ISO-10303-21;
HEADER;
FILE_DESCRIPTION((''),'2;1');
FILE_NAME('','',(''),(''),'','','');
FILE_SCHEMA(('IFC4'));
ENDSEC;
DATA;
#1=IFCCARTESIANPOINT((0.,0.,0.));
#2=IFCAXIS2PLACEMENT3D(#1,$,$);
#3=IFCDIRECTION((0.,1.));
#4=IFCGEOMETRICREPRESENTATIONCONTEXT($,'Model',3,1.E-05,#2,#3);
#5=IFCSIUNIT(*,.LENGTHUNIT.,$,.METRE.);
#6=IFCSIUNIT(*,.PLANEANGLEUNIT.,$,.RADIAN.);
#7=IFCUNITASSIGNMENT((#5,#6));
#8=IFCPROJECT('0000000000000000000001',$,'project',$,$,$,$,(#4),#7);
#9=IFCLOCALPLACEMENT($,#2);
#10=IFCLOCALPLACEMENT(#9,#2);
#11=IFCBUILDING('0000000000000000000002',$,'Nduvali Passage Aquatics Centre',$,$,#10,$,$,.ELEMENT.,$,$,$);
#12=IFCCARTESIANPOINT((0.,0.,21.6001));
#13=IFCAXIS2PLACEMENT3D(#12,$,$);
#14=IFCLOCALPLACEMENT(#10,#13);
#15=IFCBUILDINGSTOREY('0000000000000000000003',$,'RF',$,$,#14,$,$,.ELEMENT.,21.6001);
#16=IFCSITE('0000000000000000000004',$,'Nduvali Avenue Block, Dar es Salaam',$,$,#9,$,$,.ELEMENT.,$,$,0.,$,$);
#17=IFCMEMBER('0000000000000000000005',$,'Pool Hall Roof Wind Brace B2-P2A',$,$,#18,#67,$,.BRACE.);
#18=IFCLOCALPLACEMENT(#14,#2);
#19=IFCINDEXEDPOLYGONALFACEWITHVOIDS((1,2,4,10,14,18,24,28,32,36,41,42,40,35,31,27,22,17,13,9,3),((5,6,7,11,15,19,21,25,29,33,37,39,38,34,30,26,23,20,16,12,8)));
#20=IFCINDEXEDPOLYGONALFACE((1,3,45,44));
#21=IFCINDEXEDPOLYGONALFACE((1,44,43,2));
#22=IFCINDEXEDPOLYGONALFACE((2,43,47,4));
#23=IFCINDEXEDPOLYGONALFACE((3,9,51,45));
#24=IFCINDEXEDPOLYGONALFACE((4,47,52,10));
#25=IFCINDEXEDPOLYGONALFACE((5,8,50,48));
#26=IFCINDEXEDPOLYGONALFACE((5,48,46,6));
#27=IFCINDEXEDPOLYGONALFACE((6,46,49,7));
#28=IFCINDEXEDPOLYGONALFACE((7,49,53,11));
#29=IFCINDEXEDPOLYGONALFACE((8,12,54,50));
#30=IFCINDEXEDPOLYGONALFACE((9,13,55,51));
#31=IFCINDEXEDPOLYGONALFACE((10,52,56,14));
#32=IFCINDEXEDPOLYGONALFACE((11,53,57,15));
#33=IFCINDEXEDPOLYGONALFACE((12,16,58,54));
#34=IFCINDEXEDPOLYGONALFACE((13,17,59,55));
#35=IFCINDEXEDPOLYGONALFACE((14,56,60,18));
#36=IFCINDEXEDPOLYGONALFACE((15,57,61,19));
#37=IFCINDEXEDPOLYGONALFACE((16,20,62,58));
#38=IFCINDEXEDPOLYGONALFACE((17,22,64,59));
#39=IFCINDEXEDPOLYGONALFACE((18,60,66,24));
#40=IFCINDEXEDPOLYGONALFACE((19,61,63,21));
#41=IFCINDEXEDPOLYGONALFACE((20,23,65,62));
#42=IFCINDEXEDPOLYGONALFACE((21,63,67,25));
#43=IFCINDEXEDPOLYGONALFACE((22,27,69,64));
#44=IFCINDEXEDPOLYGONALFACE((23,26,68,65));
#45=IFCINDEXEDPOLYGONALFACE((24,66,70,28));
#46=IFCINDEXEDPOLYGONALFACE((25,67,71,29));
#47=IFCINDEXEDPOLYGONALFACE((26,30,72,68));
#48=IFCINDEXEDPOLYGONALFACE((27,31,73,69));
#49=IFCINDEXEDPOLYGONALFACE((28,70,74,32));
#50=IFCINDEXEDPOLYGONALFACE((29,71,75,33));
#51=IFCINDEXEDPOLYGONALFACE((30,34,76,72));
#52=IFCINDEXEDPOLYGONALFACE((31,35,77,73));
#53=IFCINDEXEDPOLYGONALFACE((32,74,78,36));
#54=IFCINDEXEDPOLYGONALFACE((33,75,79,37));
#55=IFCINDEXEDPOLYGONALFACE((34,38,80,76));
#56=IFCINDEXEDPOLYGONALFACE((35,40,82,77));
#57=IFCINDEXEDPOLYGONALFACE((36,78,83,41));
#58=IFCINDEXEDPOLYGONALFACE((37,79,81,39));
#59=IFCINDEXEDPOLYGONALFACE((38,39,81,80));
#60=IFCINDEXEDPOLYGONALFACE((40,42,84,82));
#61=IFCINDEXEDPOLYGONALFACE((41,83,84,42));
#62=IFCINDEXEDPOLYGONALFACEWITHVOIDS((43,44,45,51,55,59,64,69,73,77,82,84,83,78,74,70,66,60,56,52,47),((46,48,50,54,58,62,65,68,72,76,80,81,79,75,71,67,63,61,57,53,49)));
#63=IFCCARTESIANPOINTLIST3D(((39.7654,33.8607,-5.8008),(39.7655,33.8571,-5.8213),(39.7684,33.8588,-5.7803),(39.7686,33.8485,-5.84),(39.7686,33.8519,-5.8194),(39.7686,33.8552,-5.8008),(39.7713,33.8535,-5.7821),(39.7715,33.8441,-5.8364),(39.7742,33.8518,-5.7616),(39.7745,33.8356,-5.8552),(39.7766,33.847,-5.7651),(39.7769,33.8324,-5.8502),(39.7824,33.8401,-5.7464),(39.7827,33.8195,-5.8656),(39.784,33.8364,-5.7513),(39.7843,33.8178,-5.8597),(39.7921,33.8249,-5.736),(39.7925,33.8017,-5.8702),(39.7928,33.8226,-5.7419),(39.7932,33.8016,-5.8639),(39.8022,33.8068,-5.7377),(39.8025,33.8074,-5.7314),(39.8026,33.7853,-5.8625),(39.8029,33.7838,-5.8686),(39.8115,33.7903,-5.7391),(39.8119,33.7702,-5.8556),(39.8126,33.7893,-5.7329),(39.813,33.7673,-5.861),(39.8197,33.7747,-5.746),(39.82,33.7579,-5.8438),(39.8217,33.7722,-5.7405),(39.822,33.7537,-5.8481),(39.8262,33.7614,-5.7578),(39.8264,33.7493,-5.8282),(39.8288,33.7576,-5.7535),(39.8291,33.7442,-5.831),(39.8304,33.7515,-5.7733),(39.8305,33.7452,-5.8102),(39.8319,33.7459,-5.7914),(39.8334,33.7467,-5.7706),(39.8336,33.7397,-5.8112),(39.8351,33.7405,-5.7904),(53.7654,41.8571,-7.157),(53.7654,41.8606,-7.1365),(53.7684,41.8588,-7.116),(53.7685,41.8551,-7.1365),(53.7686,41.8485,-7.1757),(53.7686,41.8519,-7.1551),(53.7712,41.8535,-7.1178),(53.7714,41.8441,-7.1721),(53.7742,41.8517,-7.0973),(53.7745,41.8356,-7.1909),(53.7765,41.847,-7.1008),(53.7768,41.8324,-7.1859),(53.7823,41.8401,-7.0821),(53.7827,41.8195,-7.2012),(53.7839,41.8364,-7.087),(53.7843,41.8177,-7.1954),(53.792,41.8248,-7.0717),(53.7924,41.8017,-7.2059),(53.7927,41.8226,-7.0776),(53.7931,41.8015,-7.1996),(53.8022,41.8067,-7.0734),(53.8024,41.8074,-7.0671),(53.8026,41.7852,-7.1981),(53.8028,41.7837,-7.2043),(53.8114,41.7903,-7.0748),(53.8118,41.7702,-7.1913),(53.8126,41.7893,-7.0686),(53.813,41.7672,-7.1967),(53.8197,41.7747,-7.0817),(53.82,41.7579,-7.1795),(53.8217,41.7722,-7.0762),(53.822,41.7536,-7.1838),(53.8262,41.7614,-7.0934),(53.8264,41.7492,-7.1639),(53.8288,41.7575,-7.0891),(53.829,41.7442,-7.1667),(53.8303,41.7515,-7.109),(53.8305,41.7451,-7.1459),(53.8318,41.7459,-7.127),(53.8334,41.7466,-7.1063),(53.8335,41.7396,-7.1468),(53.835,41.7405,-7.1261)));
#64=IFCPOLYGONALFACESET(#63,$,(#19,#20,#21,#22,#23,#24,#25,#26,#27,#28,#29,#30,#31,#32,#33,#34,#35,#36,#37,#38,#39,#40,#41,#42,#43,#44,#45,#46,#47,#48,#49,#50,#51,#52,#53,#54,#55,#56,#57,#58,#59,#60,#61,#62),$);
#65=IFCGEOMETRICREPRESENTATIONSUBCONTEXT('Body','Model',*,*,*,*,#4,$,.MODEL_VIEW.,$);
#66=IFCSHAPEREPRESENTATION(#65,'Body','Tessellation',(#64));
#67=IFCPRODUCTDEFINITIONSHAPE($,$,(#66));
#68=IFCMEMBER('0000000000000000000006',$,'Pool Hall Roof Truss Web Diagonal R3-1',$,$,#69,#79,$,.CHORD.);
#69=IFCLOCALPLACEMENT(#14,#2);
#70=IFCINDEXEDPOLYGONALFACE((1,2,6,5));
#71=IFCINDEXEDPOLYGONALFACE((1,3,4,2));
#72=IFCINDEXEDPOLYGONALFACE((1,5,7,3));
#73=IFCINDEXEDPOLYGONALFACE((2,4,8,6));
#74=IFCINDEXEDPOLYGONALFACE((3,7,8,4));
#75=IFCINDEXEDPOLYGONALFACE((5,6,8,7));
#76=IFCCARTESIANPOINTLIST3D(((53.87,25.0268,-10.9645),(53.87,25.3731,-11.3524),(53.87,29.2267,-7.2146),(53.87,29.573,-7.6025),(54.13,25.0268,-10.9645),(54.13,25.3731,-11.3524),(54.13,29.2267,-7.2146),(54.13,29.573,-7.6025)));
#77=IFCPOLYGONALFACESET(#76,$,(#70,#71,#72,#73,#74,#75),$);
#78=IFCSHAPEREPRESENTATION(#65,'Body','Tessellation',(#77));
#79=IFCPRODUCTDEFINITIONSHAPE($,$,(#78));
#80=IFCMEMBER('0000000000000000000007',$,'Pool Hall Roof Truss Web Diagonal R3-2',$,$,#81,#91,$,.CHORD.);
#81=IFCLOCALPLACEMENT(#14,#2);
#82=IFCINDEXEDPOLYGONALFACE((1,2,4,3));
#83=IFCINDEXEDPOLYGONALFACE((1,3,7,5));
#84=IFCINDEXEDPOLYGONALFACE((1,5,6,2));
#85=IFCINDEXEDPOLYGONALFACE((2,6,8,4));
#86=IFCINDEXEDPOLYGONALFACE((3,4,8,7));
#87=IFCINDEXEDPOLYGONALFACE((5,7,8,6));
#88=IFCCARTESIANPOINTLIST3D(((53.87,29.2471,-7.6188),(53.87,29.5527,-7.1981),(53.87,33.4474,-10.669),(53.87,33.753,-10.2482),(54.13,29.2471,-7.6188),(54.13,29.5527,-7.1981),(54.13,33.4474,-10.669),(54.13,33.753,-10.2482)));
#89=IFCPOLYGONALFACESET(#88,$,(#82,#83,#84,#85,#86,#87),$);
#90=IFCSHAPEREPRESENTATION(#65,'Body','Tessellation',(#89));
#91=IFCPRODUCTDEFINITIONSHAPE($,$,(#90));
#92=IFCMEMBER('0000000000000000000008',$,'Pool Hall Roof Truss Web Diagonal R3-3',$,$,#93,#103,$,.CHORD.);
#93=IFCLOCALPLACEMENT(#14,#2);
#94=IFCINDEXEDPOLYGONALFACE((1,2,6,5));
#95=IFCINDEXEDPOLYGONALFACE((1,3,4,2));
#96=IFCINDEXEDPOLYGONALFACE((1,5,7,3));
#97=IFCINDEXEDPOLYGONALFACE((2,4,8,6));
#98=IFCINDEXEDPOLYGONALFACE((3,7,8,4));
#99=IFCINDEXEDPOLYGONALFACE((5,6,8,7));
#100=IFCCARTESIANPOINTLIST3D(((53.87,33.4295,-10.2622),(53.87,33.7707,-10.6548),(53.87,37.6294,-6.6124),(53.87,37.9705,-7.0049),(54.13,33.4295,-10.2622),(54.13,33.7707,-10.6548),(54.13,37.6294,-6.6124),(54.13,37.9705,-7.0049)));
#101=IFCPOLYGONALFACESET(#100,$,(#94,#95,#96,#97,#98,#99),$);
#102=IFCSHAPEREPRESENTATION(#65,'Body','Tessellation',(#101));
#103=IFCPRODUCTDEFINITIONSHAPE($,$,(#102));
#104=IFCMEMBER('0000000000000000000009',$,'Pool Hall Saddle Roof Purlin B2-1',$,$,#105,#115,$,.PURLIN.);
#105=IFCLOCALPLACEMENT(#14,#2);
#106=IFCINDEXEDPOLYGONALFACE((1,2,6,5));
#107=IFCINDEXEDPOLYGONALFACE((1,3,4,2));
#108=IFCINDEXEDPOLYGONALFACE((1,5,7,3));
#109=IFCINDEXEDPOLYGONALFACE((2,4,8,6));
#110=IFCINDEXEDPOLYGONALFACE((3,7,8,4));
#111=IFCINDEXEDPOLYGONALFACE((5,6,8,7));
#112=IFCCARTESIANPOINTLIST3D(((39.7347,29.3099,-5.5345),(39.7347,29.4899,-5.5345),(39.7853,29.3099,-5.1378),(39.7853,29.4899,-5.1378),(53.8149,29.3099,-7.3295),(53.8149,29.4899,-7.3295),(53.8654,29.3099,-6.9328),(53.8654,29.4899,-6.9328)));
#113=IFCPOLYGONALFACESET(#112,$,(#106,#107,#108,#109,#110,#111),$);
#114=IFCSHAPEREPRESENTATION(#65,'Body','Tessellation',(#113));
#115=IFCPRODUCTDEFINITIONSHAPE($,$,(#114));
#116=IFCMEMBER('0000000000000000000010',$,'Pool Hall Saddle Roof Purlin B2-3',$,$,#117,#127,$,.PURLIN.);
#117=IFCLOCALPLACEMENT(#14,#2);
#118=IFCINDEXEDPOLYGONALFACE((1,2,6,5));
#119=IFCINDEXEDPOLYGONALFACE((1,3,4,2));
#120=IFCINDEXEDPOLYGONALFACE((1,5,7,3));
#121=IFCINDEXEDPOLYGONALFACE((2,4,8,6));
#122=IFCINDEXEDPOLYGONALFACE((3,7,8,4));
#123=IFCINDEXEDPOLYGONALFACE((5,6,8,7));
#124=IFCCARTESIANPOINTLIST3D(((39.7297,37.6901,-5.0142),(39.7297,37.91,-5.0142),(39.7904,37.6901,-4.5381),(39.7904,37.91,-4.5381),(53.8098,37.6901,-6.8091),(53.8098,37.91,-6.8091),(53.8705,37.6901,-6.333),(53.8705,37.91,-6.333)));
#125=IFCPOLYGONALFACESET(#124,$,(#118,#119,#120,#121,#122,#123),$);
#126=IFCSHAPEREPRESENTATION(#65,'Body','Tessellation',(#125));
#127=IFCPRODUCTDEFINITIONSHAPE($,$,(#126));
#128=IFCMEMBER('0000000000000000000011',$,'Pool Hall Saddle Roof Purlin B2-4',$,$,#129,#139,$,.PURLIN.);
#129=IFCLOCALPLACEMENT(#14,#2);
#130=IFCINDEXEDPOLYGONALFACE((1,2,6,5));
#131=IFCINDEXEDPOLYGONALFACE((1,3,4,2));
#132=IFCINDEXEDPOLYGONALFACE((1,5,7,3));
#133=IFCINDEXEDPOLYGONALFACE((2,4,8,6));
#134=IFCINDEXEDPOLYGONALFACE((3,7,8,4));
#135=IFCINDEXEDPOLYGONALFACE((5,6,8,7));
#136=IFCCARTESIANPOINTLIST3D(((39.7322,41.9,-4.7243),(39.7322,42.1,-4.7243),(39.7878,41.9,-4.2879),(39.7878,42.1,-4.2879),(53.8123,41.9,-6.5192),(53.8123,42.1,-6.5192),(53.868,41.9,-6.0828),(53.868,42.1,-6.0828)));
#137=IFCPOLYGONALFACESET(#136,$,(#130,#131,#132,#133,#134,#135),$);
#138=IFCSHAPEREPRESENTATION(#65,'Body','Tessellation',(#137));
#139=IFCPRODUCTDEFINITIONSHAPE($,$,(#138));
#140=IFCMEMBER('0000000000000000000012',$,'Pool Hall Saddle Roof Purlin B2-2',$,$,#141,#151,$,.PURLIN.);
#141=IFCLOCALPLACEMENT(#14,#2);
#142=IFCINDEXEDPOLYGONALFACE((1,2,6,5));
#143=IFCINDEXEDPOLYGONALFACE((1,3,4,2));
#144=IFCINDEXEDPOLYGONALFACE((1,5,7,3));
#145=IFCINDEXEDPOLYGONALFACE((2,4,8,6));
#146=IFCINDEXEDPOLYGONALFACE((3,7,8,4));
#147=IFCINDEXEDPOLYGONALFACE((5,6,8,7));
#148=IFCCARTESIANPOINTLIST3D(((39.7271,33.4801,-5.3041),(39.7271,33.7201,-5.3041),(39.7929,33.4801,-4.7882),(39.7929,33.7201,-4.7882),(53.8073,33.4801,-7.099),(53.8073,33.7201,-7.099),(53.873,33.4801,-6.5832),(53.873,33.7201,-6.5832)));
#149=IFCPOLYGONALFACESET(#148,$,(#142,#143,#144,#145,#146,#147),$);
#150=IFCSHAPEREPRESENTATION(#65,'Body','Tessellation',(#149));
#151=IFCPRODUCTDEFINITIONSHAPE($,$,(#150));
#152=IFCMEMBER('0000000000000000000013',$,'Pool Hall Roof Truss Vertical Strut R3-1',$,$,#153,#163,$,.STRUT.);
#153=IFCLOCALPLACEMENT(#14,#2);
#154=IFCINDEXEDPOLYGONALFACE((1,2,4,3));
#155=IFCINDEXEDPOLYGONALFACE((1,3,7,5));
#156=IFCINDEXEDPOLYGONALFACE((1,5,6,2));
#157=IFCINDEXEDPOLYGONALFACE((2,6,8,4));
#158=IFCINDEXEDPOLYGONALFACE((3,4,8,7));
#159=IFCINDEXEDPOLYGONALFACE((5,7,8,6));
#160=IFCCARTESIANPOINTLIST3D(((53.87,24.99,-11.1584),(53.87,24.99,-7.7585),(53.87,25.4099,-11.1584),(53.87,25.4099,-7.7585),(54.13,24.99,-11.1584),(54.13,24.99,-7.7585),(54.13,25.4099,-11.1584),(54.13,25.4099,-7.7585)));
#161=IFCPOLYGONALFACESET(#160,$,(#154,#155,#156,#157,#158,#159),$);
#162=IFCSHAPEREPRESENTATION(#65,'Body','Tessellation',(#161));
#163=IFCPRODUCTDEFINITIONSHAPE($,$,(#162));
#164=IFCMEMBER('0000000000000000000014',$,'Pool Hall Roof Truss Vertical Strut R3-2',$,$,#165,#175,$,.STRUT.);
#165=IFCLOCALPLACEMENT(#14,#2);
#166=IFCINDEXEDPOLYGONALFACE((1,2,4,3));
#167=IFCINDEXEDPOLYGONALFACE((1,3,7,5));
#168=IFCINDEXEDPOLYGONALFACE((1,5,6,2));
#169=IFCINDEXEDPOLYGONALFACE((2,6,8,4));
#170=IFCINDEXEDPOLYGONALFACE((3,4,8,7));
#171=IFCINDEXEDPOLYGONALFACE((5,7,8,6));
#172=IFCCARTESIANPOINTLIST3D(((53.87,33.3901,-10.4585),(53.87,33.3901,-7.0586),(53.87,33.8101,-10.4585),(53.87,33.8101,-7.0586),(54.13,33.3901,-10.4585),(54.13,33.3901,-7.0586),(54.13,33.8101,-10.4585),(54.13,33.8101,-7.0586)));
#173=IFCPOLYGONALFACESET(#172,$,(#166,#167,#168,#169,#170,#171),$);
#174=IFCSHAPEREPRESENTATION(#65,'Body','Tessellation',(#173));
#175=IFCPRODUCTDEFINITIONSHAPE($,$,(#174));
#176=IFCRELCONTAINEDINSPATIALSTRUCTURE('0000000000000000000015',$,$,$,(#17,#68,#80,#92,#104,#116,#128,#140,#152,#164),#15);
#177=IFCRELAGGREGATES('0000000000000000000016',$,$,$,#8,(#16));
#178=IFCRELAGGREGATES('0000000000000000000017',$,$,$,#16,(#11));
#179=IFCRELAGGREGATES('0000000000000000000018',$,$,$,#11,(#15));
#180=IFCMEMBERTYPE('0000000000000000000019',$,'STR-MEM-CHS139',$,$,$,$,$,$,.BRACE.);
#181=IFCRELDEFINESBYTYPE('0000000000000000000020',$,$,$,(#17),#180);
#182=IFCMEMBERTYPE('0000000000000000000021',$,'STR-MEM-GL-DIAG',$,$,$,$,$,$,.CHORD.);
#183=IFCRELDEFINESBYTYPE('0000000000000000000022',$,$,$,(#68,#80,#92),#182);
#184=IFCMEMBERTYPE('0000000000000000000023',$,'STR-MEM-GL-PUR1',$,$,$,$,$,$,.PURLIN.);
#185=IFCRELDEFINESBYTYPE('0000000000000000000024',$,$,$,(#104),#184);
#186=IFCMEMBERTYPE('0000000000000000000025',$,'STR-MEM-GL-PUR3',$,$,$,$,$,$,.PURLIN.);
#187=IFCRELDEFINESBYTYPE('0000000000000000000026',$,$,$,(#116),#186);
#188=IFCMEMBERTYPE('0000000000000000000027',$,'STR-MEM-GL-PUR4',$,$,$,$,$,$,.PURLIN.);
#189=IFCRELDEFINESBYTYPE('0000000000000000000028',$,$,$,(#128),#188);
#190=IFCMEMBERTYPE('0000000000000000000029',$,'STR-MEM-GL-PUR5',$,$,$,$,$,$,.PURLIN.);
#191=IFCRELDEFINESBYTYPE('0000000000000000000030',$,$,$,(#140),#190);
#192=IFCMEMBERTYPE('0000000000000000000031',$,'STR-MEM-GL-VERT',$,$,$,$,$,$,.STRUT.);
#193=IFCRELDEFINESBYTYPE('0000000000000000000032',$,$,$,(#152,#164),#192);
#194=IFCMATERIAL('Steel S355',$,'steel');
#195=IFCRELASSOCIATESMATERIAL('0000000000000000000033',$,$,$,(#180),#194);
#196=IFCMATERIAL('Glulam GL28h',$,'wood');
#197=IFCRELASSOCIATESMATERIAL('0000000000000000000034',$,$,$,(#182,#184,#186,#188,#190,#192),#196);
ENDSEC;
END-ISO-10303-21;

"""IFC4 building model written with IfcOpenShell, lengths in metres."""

from ifc_helpers import new_model, si_unit, direction, frame, origin, origin_2d, place, context, subcontext, project, spatial, rectangle, hollow_circle, extrude, material, material_profile, profile_set, type_object, element, save


model = new_model("IFC4")

# Units and contexts
model_context = context("Model", 3, precision=1e-05, world=origin(), true_north=direction((0.0, 1.0)))
body_context = subcontext(model_context, "Body", "Model", "MODEL_VIEW")
ifc_project = project(units=[si_unit("LENGTHUNIT", "METRE"), si_unit("PLANEANGLEUNIT", "RADIAN")], contexts=[model_context])

# Site, building, storey
site_placement = place(None, origin())
site = spatial("IfcSite", under=ifc_project, at=site_placement, Name="Nduvali Avenue Block, Dar es Salaam", CompositionType="ELEMENT", RefElevation=0.0)
building_placement = place(site_placement, origin())
building = spatial("IfcBuilding", under=site, at=building_placement, Name="Nduvali Passage Aquatics Centre", CompositionType="ELEMENT")
storey_placement = place(building_placement, frame((0.0, 0.0, 21.6001)))
storey = spatial("IfcBuildingStorey", under=building, at=storey_placement, Name="RF", CompositionType="ELEMENT", Elevation=21.6001)

# Members
ifc_material_1 = material(Name="Steel S355", Category="steel")
ifc_material_profile_1 = material_profile(ifc_material_1, hollow_circle(Radius=0.0698, WallThickness=0.0063, at=origin_2d()), Name="CHS 139.7x6.3")
ifc_profile_set_1 = profile_set([ifc_material_profile_1], Name="Steel S355")
member_type_1 = type_object("IfcMemberType", Name="STR-MEM-CHS139", PredefinedType="BRACE", material=ifc_profile_set_1)
member_1_placement = place(storey_placement, frame((39.8, 33.8, -5.8008), z_axis=(0.86528, 0.494445, -0.082553), x_axis=(-0.496139, 0.868243, 0.0)))
element("IfcMember", 1, at=member_1_placement, inside=storey, type_object=member_type_1, Name="Pool Hall Roof Wind Brace B2-P2A", PredefinedType="BRACE", context=body_context, shape_type="SweptSolid", body=[
    extrude(hollow_circle(Radius=0.0698, WallThickness=0.0063, at=origin_2d()), origin(), (0.0, 0.0, 1.0), 16.1797),
])
ifc_material_2 = material(Name="Glulam GL28h", Category="wood")
ifc_material_profile_2 = material_profile(ifc_material_2, rectangle(XDim=0.26, YDim=0.52, at=origin_2d()), Name="GL28h 260x520")
ifc_profile_set_2 = profile_set([ifc_material_profile_2], Name="Glulam GL28h")
member_type_2 = type_object("IfcMemberType", Name="STR-MEM-GL-DIAG", PredefinedType="CHORD", material=ifc_profile_set_2)
member_2_placement = place(storey_placement, frame((54.0, 25.2, -11.1584), z_axis=(0.0, 0.745934, 0.66602), x_axis=(-1.0, 0.0, 0.0)))
element("IfcMember", 2, at=member_2_placement, inside=storey, type_object=member_type_2, Name="Pool Hall Roof Truss Web Diagonal R3-1", PredefinedType="CHORD", context=body_context, shape_type="SweptSolid", body=[
    extrude(rectangle(XDim=0.26, YDim=0.52, at=origin_2d()), origin(), (0.0, 0.0, 1.0), 5.6304),
])
member_3_placement = place(storey_placement, frame((54.0, 29.3999, -7.4084), z_axis=(0.0, 0.809161, -0.587587), x_axis=(-1.0, 0.0, 0.0)))
element("IfcMember", 3, at=member_3_placement, inside=storey, type_object=member_type_2, Name="Pool Hall Roof Truss Web Diagonal R3-2", PredefinedType="CHORD", context=body_context, shape_type="SweptSolid", body=[
    extrude(rectangle(XDim=0.26, YDim=0.52, at=origin_2d()), origin(), (0.0, 0.0, 1.0), 5.1909),
])
member_4_placement = place(storey_placement, frame((54.0, 33.6001, -10.4585), z_axis=(0.0, 0.754804, 0.655951), x_axis=(-1.0, 0.0, 0.0)))
element("IfcMember", 4, at=member_4_placement, inside=storey, type_object=member_type_2, Name="Pool Hall Roof Truss Web Diagonal R3-3", PredefinedType="CHORD", context=body_context, shape_type="SweptSolid", body=[
    extrude(rectangle(XDim=0.26, YDim=0.52, at=origin_2d()), origin(), (0.0, 0.0, 1.0), 5.5642),
])
ifc_material_profile_3 = material_profile(ifc_material_2, rectangle(XDim=0.1799, YDim=0.3999, at=origin_2d()), Name="GL28h 180x400")
ifc_profile_set_3 = profile_set([ifc_material_profile_3], Name="Glulam GL28h")
member_type_3 = type_object("IfcMemberType", Name="STR-MEM-GL-PUR1", PredefinedType="PURLIN", material=ifc_profile_set_3)
member_5_placement = place(storey_placement, frame((39.76, 29.3999, -5.3362), z_axis=(0.991972, 0.0, -0.126456), x_axis=(0.0, 1.0, 0.0)))
element("IfcMember", 5, at=member_5_placement, inside=storey, type_object=member_type_3, Name="Pool Hall Saddle Roof Purlin B2-1", PredefinedType="PURLIN", context=body_context, shape_type="SweptSolid", body=[
    extrude(rectangle(XDim=0.1799, YDim=0.3999, at=origin_2d()), origin(), (0.0, 0.0, 1.0), 14.1941),
])
ifc_material_profile_4 = material_profile(ifc_material_2, rectangle(XDim=0.22, YDim=0.48, at=origin_2d()), Name="GL28h 220x480")
ifc_profile_set_4 = profile_set([ifc_material_profile_4], Name="Glulam GL28h")
member_type_4 = type_object("IfcMemberType", Name="STR-MEM-GL-PUR3", PredefinedType="PURLIN", material=ifc_profile_set_4)
member_6_placement = place(storey_placement, frame((39.76, 37.8, -4.7761), z_axis=(0.991972, 0.0, -0.126456), x_axis=(0.0, 1.0, 0.0)))
element("IfcMember", 6, at=member_6_placement, inside=storey, type_object=member_type_4, Name="Pool Hall Saddle Roof Purlin B2-3", PredefinedType="PURLIN", context=body_context, shape_type="SweptSolid", body=[
    extrude(rectangle(XDim=0.22, YDim=0.48, at=origin_2d()), origin(), (0.0, 0.0, 1.0), 14.1941),
])
ifc_material_profile_5 = material_profile(ifc_material_2, rectangle(XDim=0.2, YDim=0.4399, at=origin_2d()), Name="GL28h 200x440")
ifc_profile_set_5 = profile_set([ifc_material_profile_5], Name="Glulam GL28h")
member_type_5 = type_object("IfcMemberType", Name="STR-MEM-GL-PUR4", PredefinedType="PURLIN", material=ifc_profile_set_5)
member_7_placement = place(storey_placement, frame((39.76, 42.0, -4.5061), z_axis=(0.991972, 0.0, -0.126456), x_axis=(0.0, 1.0, 0.0)))
element("IfcMember", 7, at=member_7_placement, inside=storey, type_object=member_type_5, Name="Pool Hall Saddle Roof Purlin B2-4", PredefinedType="PURLIN", context=body_context, shape_type="SweptSolid", body=[
    extrude(rectangle(XDim=0.2, YDim=0.4399, at=origin_2d()), origin(), (0.0, 0.0, 1.0), 14.1941),
])
ifc_material_profile_6 = material_profile(ifc_material_2, rectangle(XDim=0.24, YDim=0.52, at=origin_2d()), Name="GL28h 240x520")
ifc_profile_set_6 = profile_set([ifc_material_profile_6], Name="Glulam GL28h")
member_type_6 = type_object("IfcMemberType", Name="STR-MEM-GL-PUR5", PredefinedType="PURLIN", material=ifc_profile_set_6)
member_8_placement = place(storey_placement, frame((39.76, 33.6001, -5.0461), z_axis=(0.991972, 0.0, -0.126456), x_axis=(0.0, 1.0, 0.0)))
element("IfcMember", 8, at=member_8_placement, inside=storey, type_object=member_type_6, Name="Pool Hall Saddle Roof Purlin B2-2", PredefinedType="PURLIN", context=body_context, shape_type="SweptSolid", body=[
    extrude(rectangle(XDim=0.24, YDim=0.52, at=origin_2d()), origin(), (0.0, 0.0, 1.0), 14.1941),
])
ifc_material_profile_7 = material_profile(ifc_material_2, rectangle(XDim=0.26, YDim=0.4199, at=origin_2d()), Name="GL28h 260x420")
ifc_profile_set_7 = profile_set([ifc_material_profile_7], Name="Glulam GL28h")
member_type_7 = type_object("IfcMemberType", Name="STR-MEM-GL-VERT", PredefinedType="STRUT", material=ifc_profile_set_7)
for number, where, z_axis, x_axis, name in (
    (9, (54.0, 25.2, -11.1584), (0.0, 0.0, 1.0), (1.0, 0.0, 0.0), "Pool Hall Roof Truss Vertical Strut R3-1"),
    (10, (54.0, 33.6001, -10.4585), (0.0, 0.0, 1.0), (1.0, 0.0, 0.0), "Pool Hall Roof Truss Vertical Strut R3-2"),
):
    element("IfcMember", number, at=place(storey_placement, frame(where, z_axis=z_axis, x_axis=x_axis)), inside=storey, type_object=member_type_7, Name=name, PredefinedType="STRUT", context=body_context, shape_type="SweptSolid", body=[
        extrude(rectangle(XDim=0.26, YDim=0.4199, at=origin_2d()), origin(), (0.0, 0.0, 1.0), 3.3999),
    ])

save(model, "model.ifc")
